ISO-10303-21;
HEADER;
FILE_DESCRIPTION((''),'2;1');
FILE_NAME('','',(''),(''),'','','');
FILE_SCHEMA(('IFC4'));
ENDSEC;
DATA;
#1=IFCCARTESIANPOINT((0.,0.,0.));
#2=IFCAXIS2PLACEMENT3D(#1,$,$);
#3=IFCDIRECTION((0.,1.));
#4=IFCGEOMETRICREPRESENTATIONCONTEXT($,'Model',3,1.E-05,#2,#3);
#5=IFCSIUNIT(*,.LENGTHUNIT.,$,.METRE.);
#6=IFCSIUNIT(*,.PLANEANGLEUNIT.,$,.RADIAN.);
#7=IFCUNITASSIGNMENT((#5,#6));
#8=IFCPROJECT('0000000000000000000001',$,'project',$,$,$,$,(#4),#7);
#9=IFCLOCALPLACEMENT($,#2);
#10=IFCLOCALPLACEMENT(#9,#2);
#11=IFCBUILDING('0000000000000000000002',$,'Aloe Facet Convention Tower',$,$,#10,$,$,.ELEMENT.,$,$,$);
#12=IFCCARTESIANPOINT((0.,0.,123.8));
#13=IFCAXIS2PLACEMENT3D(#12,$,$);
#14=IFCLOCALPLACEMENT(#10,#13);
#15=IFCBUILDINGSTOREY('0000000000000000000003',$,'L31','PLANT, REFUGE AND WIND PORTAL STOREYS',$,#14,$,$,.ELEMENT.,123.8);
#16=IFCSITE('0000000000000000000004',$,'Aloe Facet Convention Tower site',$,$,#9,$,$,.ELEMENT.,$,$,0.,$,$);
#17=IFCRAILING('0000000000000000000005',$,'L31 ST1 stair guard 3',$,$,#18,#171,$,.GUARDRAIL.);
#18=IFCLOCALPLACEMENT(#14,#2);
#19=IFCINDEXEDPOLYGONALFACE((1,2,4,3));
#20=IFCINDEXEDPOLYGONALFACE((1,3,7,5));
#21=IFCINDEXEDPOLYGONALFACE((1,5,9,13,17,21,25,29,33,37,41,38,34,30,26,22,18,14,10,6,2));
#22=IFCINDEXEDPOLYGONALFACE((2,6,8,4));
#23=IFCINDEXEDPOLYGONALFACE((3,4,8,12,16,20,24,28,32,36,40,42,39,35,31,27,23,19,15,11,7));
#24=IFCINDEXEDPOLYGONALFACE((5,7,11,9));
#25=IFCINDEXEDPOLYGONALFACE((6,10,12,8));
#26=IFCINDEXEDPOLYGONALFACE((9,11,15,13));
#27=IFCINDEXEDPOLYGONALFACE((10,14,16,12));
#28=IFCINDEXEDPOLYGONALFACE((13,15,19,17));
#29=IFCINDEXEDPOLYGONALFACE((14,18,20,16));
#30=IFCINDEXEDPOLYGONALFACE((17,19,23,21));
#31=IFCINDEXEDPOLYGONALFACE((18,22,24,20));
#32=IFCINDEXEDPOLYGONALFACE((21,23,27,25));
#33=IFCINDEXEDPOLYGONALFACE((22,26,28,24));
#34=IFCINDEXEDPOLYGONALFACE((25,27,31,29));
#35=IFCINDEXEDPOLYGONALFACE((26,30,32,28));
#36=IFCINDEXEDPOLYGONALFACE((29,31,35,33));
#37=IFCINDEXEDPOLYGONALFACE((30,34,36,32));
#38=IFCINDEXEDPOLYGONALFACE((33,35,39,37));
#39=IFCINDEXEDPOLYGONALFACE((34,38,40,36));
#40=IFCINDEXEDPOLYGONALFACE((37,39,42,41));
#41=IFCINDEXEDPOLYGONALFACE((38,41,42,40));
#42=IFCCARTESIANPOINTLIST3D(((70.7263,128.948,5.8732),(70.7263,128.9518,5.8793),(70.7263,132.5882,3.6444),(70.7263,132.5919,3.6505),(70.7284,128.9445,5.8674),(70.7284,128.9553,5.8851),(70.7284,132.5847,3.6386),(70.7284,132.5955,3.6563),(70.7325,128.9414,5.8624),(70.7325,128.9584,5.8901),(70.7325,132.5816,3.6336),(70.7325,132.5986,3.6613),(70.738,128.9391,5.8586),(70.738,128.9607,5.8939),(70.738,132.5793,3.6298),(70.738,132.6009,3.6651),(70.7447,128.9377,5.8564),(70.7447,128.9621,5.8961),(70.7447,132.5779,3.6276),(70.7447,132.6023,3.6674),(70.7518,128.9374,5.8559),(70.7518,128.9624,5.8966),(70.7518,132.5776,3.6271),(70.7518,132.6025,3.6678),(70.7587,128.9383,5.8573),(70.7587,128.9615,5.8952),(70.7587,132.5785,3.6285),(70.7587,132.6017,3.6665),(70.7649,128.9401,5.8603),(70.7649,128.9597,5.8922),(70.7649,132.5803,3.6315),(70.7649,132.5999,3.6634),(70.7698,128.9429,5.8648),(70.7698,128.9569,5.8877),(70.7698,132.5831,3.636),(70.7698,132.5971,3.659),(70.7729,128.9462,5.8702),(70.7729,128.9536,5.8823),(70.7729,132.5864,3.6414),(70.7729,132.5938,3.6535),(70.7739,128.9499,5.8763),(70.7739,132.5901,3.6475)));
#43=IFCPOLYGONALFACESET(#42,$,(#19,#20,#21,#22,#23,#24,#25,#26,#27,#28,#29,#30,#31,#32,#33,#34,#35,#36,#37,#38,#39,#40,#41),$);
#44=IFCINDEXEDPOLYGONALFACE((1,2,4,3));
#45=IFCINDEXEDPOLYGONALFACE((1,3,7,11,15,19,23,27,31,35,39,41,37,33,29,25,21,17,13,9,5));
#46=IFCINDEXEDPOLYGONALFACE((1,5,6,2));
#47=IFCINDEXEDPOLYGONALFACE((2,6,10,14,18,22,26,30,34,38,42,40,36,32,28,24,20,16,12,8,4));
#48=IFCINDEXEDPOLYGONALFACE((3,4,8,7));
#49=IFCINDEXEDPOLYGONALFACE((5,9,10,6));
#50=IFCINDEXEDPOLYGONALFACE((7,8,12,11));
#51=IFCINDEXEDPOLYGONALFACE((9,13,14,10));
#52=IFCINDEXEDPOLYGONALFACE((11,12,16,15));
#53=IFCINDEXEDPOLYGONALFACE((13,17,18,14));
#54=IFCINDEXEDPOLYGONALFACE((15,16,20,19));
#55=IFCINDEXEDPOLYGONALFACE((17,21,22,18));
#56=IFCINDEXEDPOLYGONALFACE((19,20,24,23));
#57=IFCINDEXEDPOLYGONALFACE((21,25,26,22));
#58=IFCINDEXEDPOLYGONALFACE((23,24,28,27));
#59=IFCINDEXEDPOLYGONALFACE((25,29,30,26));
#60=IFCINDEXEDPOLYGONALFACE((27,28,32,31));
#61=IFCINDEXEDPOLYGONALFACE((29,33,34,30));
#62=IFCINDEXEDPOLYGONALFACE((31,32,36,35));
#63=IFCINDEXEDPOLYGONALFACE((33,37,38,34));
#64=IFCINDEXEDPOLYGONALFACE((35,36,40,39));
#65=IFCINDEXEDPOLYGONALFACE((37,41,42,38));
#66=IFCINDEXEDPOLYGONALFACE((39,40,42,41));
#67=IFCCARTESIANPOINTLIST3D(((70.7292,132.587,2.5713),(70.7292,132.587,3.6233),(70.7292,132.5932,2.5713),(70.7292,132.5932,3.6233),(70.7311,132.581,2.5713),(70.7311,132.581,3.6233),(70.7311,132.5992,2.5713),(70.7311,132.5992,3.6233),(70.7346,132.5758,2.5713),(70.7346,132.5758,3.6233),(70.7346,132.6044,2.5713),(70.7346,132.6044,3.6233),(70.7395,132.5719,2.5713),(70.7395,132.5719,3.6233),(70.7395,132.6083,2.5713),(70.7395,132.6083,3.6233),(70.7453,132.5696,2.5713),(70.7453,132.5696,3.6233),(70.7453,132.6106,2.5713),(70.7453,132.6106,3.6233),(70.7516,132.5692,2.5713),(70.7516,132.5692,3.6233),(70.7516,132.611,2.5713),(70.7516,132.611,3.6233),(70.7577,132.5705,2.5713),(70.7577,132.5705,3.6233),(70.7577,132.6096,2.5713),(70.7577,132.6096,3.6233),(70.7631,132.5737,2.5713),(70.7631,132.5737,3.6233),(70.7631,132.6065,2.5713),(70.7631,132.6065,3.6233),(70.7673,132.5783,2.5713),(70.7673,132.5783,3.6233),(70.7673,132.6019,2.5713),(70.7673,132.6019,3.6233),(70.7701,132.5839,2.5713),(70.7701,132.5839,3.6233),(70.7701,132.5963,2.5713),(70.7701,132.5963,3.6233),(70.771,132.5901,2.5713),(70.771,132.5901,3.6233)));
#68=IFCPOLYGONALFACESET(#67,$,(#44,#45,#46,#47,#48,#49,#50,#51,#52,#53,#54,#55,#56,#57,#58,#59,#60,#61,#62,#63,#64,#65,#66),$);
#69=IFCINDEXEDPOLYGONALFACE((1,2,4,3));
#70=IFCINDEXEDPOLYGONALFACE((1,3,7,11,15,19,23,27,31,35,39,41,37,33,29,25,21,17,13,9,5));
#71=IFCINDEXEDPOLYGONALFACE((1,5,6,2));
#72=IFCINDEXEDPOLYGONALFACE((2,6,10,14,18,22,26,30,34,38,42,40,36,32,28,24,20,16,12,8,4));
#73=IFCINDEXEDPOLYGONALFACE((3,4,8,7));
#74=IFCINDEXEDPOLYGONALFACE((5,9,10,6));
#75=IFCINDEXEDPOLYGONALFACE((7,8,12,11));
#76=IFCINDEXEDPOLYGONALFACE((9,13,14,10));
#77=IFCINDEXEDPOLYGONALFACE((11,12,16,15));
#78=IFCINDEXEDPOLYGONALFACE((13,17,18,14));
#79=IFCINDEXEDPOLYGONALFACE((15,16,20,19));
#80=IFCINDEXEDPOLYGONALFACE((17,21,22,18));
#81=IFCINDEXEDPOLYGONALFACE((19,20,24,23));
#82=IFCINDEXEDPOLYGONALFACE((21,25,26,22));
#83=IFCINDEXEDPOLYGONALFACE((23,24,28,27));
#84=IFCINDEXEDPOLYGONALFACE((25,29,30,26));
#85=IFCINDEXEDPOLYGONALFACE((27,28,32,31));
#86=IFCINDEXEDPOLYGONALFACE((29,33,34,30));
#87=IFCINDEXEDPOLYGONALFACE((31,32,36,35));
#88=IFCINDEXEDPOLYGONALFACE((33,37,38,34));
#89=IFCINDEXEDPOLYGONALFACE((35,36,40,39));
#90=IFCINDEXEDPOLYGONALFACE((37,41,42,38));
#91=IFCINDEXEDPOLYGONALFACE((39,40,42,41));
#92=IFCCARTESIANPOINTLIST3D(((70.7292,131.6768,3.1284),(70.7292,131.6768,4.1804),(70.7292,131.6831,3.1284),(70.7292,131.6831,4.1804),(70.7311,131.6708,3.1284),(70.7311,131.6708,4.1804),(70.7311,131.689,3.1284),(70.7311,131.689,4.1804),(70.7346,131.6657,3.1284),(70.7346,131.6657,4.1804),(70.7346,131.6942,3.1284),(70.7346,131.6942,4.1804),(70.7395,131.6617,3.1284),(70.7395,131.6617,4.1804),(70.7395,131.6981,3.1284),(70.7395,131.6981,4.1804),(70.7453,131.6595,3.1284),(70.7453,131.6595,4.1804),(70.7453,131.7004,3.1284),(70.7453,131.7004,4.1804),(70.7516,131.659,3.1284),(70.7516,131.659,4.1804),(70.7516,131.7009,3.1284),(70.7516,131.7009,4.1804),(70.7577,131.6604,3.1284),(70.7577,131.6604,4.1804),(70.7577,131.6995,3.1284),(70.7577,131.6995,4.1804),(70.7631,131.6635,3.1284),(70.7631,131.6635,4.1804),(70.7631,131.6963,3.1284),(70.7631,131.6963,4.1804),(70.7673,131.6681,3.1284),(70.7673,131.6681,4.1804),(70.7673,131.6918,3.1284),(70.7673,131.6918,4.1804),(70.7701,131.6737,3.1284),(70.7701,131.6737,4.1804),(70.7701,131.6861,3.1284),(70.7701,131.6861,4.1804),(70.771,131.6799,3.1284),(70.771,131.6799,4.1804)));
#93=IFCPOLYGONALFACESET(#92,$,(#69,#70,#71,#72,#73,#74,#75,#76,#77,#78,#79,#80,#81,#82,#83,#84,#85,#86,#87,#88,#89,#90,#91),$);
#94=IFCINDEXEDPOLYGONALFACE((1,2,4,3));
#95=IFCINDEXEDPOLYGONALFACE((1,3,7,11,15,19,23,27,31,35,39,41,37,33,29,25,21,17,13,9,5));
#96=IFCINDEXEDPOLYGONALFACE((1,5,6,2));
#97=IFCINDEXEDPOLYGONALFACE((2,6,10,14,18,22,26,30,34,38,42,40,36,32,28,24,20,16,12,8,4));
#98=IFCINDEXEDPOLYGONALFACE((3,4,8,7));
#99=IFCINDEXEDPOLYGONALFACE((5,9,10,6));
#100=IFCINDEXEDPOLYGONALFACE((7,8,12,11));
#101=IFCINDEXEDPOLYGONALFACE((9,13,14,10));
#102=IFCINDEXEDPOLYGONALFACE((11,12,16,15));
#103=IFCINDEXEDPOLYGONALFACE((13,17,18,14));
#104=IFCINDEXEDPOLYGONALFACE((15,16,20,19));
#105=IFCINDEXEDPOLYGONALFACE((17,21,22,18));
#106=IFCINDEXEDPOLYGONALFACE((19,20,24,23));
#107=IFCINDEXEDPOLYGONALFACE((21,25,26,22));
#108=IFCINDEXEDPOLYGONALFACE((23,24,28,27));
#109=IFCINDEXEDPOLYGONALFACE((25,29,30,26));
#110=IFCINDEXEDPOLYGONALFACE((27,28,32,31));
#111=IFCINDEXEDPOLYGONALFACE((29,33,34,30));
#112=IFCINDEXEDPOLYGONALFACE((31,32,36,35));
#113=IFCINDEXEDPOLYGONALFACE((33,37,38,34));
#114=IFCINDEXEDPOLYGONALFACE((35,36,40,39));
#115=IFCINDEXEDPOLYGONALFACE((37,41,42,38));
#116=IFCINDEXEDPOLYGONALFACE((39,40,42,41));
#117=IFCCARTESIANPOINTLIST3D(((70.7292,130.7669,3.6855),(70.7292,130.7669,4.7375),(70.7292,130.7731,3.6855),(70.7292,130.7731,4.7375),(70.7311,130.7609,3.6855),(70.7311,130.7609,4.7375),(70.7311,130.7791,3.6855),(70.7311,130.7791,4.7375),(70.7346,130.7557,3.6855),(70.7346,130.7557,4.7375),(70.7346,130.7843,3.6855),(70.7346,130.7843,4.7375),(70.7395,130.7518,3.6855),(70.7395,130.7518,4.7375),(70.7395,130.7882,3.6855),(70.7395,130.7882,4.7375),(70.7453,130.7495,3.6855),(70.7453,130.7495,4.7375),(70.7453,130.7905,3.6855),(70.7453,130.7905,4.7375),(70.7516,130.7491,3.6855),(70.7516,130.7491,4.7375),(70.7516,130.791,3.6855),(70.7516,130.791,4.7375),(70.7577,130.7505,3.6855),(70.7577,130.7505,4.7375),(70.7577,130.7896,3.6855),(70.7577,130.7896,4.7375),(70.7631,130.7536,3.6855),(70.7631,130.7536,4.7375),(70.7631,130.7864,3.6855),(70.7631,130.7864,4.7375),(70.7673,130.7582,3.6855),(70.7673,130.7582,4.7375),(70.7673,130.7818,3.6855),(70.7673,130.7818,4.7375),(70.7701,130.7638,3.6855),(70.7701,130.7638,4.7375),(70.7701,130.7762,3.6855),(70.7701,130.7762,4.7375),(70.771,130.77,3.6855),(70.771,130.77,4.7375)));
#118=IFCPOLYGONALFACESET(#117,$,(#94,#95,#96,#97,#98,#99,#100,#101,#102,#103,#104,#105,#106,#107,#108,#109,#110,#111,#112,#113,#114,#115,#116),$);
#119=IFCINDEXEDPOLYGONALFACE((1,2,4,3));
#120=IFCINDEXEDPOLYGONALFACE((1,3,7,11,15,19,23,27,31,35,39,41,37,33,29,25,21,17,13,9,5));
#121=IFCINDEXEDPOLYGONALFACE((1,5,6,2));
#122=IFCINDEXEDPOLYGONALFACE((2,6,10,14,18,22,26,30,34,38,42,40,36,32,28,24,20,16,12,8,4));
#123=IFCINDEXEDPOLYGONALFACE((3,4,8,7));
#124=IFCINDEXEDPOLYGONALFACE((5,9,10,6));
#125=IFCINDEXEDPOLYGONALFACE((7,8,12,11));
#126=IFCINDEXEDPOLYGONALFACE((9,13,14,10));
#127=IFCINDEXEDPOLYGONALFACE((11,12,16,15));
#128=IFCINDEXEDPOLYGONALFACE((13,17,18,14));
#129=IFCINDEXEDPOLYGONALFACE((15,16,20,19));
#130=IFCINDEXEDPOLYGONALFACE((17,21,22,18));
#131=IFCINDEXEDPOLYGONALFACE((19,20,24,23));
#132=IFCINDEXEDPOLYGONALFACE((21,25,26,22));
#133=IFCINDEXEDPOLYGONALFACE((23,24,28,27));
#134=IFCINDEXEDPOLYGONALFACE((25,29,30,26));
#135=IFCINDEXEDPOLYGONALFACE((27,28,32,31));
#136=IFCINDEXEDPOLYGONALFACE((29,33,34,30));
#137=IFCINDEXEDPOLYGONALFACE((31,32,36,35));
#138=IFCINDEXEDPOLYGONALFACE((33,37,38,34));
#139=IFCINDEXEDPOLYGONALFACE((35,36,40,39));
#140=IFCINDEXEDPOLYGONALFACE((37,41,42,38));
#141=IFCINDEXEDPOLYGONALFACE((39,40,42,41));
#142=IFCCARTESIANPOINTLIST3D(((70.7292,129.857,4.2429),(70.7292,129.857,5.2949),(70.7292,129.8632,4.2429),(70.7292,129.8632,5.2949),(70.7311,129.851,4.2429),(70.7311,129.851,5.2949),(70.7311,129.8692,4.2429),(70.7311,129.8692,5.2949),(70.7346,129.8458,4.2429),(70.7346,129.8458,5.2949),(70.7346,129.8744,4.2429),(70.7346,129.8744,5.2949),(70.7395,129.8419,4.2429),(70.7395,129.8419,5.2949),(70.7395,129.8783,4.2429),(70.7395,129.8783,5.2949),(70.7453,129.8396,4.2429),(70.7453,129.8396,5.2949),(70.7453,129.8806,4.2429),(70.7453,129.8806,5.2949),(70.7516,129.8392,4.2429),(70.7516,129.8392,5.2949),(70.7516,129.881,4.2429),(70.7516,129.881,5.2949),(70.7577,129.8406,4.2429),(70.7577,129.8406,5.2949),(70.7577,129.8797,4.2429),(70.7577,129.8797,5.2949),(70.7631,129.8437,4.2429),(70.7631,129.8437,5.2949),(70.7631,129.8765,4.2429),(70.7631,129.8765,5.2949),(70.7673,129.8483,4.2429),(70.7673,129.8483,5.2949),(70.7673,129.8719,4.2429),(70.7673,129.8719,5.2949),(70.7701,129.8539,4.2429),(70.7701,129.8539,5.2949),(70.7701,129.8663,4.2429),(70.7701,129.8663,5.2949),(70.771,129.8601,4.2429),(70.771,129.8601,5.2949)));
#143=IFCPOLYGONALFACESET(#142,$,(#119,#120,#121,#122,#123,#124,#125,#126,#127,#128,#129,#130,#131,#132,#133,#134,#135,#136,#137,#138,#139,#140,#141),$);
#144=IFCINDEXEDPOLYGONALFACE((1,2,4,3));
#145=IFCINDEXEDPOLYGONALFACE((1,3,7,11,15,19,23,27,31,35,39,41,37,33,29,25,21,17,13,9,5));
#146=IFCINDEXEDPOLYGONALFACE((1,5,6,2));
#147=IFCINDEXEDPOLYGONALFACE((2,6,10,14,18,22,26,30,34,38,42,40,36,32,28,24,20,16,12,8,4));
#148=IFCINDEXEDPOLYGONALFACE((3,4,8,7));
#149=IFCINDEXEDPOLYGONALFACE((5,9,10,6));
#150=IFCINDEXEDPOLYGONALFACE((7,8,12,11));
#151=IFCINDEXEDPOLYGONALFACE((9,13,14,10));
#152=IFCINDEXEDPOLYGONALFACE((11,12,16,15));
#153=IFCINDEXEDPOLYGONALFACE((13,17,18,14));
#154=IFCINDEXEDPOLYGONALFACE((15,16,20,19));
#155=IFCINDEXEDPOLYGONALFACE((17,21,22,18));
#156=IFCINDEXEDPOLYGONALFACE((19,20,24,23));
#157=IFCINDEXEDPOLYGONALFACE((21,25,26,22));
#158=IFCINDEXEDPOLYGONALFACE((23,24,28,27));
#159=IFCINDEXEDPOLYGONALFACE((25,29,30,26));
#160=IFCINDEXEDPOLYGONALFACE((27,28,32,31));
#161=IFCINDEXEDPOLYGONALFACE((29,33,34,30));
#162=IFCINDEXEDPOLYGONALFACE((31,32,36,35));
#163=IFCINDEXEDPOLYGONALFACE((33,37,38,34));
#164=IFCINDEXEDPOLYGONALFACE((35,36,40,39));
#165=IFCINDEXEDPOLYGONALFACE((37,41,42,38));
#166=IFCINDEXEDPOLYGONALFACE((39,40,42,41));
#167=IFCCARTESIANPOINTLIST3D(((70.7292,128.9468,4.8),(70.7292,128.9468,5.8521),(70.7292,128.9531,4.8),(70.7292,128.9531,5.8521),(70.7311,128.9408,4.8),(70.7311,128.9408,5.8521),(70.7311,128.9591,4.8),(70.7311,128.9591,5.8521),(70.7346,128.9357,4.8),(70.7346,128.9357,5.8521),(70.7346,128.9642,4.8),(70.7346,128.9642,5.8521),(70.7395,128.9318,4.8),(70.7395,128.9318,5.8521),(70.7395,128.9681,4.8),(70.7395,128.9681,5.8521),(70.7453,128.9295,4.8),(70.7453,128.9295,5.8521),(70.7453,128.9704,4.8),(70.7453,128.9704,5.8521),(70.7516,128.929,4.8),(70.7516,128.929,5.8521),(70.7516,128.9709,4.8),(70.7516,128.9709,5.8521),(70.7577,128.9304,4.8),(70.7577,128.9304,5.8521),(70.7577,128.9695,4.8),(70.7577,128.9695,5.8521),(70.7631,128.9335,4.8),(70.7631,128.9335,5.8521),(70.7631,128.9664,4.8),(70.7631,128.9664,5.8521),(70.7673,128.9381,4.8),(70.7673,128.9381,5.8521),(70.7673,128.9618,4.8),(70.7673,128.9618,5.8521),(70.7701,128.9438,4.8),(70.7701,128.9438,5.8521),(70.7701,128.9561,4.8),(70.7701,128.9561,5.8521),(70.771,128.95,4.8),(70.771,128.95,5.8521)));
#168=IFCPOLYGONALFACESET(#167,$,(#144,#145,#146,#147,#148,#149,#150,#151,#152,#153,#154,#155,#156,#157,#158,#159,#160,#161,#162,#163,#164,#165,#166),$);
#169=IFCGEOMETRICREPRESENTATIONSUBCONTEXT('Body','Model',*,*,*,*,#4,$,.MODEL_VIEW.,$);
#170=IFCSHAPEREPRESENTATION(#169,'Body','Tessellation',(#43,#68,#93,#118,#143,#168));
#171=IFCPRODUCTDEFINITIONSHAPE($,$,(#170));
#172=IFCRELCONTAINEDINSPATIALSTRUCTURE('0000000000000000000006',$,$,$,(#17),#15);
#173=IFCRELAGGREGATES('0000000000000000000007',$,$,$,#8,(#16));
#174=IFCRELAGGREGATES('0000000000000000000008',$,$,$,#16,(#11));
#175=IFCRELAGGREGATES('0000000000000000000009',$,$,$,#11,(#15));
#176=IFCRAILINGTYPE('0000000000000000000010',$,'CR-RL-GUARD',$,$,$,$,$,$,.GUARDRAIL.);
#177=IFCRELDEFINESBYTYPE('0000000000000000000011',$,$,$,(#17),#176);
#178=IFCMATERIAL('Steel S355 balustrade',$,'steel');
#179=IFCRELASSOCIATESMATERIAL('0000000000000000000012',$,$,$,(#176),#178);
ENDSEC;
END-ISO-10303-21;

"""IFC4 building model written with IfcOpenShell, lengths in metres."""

from ifc_helpers import new_model, si_unit, direction, frame, origin, origin_2d, place, context, subcontext, project, spatial, circle, extrude, material, type_object, element, save


model = new_model("IFC4")

# Units and contexts
model_context = context("Model", 3, precision=1e-05, world=origin(), true_north=direction((0.0, 1.0)))
body_context = subcontext(model_context, "Body", "Model", "MODEL_VIEW")
ifc_project = project(units=[si_unit("LENGTHUNIT", "METRE"), si_unit("PLANEANGLEUNIT", "RADIAN")], contexts=[model_context])

# Site, building, storey
site_placement = place(None, origin())
site = spatial("IfcSite", under=ifc_project, at=site_placement, Name="Aloe Facet Convention Tower site", CompositionType="ELEMENT", RefElevation=0.0)
building_placement = place(site_placement, origin())
building = spatial("IfcBuilding", under=site, at=building_placement, Name="Aloe Facet Convention Tower", CompositionType="ELEMENT")
storey_placement = place(building_placement, frame((0.0, 0.0, 123.8)))
storey = spatial("IfcBuildingStorey", under=building, at=storey_placement, Name="L31", Description="PLANT, REFUGE AND WIND PORTAL STOREYS", CompositionType="ELEMENT", Elevation=123.8)

# Railing
ifc_material_1 = material(Name="Steel S355 balustrade", Category="steel")
railing_type_1 = type_object("IfcRailingType", Name="CR-RL-GUARD", PredefinedType="GUARDRAIL", material=ifc_material_1)
railing_1_placement = place(storey_placement, frame((70.75, 132.5901, 2.5713)))
element("IfcRailing", 1, at=railing_1_placement, inside=storey, type_object=railing_type_1, Name="L31 ST1 stair guard 3", PredefinedType="GUARDRAIL", context=body_context, shape_type="SweptSolid", body=[
    extrude(circle(Radius=0.0239, at=origin_2d()), frame((0.0, 0.0, 1.0762), z_axis=(0.0, -0.85284, 0.522172), x_axis=(1.0, 0.0, 0.0)), (0.0, 0.0, 1.0), 4.2683),
    extrude(circle(Radius=0.021, at=origin_2d()), origin(), (0.0, 0.0, 1.0), 1.052),
    extrude(circle(Radius=0.021, at=origin_2d()), frame((0.0, -0.9102, 0.5571)), (0.0, 0.0, 1.0), 1.052),
    extrude(circle(Radius=0.021, at=origin_2d()), frame((0.0, -1.8201, 1.1143)), (0.0, 0.0, 1.0), 1.052),
    extrude(circle(Radius=0.021, at=origin_2d()), frame((0.0, -2.73, 1.6716)), (0.0, 0.0, 1.0), 1.052),
    extrude(circle(Radius=0.021, at=origin_2d()), frame((0.0, -3.6401, 2.2288)), (0.0, 0.0, 1.0), 1.052),
])

save(model, "model.ifc")
